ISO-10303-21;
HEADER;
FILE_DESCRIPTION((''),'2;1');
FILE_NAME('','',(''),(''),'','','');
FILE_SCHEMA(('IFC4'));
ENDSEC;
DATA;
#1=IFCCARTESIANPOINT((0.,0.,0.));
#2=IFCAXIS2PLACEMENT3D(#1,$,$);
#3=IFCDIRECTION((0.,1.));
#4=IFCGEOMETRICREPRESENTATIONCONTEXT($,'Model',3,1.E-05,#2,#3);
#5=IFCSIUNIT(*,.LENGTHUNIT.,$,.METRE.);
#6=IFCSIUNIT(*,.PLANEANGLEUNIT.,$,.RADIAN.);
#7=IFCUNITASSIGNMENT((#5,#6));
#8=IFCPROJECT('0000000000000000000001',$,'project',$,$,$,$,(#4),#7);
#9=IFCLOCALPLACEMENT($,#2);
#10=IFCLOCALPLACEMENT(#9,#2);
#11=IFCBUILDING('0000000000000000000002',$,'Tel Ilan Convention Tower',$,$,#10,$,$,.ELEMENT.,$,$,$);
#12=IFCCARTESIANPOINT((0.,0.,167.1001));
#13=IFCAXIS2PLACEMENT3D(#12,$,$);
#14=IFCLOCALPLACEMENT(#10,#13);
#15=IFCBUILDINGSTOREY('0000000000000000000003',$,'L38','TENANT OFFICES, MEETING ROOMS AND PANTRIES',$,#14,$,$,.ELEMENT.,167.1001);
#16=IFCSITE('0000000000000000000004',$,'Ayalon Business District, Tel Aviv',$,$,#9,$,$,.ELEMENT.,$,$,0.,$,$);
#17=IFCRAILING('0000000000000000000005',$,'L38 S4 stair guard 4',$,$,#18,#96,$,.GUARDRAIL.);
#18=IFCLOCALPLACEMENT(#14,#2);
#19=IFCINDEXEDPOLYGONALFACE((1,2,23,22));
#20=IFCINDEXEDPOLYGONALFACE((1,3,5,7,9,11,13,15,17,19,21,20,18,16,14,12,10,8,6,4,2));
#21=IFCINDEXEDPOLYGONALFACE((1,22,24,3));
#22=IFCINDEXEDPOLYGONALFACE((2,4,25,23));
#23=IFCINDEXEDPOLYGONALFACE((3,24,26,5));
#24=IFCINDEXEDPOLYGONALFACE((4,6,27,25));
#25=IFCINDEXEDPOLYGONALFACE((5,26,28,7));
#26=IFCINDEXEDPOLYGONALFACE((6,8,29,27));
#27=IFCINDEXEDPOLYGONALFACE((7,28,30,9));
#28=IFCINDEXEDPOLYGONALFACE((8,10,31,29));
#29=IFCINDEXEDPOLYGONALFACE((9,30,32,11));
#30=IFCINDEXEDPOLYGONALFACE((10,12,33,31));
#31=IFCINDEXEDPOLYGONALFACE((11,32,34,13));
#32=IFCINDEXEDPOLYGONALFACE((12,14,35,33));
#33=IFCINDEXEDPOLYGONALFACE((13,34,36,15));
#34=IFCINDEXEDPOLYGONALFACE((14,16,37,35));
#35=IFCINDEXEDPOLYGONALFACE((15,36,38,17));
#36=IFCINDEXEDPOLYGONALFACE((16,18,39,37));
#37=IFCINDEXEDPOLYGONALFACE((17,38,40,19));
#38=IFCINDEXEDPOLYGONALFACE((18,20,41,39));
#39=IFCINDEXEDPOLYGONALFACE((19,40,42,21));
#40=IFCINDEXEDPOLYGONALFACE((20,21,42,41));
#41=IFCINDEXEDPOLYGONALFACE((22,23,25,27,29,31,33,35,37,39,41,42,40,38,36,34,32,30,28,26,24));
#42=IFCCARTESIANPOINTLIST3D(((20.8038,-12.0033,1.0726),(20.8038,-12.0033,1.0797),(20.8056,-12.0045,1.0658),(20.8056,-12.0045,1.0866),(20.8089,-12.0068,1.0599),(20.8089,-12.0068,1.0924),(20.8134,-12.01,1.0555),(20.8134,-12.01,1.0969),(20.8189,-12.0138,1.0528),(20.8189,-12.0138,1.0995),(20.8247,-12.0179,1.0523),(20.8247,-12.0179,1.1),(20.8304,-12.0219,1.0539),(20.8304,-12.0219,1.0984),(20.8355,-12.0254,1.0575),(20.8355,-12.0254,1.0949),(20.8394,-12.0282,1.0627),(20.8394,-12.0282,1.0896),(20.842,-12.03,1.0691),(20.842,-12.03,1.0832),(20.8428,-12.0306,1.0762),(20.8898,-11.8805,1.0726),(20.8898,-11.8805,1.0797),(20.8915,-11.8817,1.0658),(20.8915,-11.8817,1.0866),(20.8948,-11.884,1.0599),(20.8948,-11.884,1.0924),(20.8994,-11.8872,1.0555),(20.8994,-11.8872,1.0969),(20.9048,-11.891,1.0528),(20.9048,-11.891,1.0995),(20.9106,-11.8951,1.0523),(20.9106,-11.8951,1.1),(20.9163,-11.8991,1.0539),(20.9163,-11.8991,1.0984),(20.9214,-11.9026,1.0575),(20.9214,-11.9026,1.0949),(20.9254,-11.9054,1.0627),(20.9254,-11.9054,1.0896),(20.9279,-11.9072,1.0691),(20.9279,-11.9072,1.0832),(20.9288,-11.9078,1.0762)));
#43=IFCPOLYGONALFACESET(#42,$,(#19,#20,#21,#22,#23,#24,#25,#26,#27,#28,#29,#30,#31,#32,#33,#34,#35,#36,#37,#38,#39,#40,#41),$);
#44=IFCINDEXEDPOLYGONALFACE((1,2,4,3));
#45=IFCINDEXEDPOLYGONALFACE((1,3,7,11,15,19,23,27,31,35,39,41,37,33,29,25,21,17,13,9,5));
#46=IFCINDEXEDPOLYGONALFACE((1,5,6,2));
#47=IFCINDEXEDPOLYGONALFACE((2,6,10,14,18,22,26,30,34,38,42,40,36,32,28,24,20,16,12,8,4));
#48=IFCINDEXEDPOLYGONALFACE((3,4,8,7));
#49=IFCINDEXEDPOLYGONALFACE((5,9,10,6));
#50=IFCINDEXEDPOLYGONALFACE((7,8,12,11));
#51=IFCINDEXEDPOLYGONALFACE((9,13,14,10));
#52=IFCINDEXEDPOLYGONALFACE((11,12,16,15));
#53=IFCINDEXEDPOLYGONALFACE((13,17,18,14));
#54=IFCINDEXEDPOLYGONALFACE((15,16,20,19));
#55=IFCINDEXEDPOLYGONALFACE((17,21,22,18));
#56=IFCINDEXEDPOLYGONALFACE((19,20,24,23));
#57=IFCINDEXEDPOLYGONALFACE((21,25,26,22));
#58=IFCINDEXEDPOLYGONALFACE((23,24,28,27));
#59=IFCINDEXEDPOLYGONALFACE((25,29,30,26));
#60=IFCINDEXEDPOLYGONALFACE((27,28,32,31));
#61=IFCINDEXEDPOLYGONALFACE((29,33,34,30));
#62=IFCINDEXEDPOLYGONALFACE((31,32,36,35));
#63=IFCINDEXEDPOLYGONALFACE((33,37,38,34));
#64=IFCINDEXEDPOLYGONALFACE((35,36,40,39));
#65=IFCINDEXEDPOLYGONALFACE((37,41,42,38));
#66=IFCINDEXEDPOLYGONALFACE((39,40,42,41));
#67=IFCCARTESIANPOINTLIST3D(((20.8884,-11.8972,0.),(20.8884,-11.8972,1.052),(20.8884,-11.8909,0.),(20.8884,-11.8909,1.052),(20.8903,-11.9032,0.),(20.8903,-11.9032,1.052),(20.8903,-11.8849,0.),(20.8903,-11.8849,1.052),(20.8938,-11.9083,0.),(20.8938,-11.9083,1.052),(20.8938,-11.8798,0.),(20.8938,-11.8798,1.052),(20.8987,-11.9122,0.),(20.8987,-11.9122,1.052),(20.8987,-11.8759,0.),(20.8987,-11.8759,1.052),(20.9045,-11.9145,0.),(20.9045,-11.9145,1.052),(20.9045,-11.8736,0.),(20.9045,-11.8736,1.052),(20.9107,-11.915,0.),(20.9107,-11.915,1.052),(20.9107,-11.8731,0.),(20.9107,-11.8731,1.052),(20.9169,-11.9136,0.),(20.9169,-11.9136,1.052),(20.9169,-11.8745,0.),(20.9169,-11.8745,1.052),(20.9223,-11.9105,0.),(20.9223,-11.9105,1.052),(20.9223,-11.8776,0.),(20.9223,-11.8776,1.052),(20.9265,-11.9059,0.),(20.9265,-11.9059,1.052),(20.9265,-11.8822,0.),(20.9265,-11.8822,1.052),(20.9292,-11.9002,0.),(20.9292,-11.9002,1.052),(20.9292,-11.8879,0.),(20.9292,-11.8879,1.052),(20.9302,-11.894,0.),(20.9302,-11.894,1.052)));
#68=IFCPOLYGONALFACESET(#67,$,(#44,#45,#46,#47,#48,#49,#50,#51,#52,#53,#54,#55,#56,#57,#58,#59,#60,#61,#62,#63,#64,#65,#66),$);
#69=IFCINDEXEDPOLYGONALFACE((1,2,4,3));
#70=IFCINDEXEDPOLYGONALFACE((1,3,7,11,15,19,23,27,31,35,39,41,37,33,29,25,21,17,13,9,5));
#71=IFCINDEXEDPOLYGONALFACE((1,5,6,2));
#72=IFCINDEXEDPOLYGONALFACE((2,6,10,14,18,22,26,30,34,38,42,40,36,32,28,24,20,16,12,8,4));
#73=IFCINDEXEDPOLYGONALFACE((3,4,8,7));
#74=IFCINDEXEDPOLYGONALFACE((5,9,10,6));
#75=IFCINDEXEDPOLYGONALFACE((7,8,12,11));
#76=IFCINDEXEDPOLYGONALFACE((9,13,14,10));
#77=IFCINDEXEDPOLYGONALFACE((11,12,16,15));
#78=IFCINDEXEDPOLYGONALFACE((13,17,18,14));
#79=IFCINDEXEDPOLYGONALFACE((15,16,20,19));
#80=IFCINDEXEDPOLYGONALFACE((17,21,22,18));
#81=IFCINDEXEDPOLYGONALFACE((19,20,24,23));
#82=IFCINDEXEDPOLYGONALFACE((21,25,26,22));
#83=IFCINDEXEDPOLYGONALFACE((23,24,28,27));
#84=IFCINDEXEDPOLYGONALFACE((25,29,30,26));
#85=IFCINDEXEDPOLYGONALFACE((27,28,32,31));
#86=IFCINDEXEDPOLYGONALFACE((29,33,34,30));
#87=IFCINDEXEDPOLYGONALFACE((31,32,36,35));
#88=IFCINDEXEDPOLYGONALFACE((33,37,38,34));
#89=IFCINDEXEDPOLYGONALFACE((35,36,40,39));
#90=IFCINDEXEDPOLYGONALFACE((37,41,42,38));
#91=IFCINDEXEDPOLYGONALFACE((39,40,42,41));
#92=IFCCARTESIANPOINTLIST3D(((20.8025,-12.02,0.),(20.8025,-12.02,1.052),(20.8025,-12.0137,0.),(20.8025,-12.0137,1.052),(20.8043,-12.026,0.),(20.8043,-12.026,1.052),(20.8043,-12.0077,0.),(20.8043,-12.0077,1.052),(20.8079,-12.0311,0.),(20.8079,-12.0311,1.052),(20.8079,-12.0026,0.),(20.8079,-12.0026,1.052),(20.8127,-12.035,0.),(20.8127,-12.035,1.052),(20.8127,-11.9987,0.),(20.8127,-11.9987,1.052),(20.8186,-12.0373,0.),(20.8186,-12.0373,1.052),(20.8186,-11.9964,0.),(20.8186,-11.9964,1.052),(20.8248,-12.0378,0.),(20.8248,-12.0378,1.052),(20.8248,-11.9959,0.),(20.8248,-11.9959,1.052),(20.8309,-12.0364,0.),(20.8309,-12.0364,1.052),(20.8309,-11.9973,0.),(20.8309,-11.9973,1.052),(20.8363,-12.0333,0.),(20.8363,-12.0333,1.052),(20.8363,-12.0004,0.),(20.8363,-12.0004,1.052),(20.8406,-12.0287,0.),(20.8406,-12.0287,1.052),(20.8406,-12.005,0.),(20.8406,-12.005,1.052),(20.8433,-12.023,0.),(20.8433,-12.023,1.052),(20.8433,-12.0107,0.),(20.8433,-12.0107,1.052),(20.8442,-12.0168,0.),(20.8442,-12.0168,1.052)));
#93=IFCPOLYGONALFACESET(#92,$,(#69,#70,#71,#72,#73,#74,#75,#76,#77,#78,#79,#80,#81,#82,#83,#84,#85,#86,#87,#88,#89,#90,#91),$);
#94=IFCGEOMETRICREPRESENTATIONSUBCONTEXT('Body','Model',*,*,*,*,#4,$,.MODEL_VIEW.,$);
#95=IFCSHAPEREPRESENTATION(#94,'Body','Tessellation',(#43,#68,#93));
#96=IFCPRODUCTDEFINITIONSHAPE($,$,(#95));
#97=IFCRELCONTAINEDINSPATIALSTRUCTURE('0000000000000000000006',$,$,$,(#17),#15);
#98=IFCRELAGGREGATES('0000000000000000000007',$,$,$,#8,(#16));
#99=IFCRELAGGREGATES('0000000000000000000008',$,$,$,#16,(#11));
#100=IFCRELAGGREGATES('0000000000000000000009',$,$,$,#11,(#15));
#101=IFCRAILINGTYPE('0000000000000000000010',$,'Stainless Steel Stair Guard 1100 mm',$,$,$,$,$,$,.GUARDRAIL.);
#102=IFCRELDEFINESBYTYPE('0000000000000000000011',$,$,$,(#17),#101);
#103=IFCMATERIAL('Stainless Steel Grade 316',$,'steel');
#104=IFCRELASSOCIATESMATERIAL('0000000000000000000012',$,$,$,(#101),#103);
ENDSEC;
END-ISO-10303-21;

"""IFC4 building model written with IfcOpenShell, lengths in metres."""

from ifc_helpers import new_model, si_unit, direction, frame, origin, origin_2d, place, context, subcontext, project, spatial, circle, extrude, material, type_object, element, save


model = new_model("IFC4")

# Units and contexts
model_context = context("Model", 3, precision=1e-05, world=origin(), true_north=direction((0.0, 1.0)))
body_context = subcontext(model_context, "Body", "Model", "MODEL_VIEW")
ifc_project = project(units=[si_unit("LENGTHUNIT", "METRE"), si_unit("PLANEANGLEUNIT", "RADIAN")], contexts=[model_context])

# Site, building, storey
site_placement = place(None, origin())
site = spatial("IfcSite", under=ifc_project, at=site_placement, Name="Ayalon Business District, Tel Aviv", CompositionType="ELEMENT", RefElevation=0.0)
building_placement = place(site_placement, origin())
building = spatial("IfcBuilding", under=site, at=building_placement, Name="Tel Ilan Convention Tower", CompositionType="ELEMENT")
storey_placement = place(building_placement, frame((0.0, 0.0, 167.1001)))
storey = spatial("IfcBuildingStorey", under=building, at=storey_placement, Name="L38", Description="TENANT OFFICES, MEETING ROOMS AND PANTRIES", CompositionType="ELEMENT", Elevation=167.1001)

# Railing
ifc_material_1 = material(Name="Stainless Steel Grade 316", Category="steel")
railing_type_1 = type_object("IfcRailingType", Name="Stainless Steel Stair Guard 1100 mm", PredefinedType="GUARDRAIL", material=ifc_material_1)
railing_1_placement = place(storey_placement, frame((20.9092, -11.894, 0.0)))
element("IfcRailing", 1, at=railing_1_placement, inside=storey, type_object=railing_type_1, Name="L38 S4 stair guard 4", PredefinedType="GUARDRAIL", context=body_context, shape_type="SweptSolid", body=[
    extrude(circle(Radius=0.0239, at=origin_2d()), frame((0.0, 0.0, 1.0762), z_axis=(-0.573353, -0.819308, 0.0), x_axis=(0.819308, -0.573353, 0.0)), (0.0, 0.0, 1.0), 0.1499),
    extrude(circle(Radius=0.021, at=origin_2d()), origin(), (0.0, 0.0, 1.0), 1.052),
    extrude(circle(Radius=0.021, at=origin_2d()), frame((-0.0859, -0.1228, 0.0)), (0.0, 0.0, 1.0), 1.052),
])

save(model, "model.ifc")
